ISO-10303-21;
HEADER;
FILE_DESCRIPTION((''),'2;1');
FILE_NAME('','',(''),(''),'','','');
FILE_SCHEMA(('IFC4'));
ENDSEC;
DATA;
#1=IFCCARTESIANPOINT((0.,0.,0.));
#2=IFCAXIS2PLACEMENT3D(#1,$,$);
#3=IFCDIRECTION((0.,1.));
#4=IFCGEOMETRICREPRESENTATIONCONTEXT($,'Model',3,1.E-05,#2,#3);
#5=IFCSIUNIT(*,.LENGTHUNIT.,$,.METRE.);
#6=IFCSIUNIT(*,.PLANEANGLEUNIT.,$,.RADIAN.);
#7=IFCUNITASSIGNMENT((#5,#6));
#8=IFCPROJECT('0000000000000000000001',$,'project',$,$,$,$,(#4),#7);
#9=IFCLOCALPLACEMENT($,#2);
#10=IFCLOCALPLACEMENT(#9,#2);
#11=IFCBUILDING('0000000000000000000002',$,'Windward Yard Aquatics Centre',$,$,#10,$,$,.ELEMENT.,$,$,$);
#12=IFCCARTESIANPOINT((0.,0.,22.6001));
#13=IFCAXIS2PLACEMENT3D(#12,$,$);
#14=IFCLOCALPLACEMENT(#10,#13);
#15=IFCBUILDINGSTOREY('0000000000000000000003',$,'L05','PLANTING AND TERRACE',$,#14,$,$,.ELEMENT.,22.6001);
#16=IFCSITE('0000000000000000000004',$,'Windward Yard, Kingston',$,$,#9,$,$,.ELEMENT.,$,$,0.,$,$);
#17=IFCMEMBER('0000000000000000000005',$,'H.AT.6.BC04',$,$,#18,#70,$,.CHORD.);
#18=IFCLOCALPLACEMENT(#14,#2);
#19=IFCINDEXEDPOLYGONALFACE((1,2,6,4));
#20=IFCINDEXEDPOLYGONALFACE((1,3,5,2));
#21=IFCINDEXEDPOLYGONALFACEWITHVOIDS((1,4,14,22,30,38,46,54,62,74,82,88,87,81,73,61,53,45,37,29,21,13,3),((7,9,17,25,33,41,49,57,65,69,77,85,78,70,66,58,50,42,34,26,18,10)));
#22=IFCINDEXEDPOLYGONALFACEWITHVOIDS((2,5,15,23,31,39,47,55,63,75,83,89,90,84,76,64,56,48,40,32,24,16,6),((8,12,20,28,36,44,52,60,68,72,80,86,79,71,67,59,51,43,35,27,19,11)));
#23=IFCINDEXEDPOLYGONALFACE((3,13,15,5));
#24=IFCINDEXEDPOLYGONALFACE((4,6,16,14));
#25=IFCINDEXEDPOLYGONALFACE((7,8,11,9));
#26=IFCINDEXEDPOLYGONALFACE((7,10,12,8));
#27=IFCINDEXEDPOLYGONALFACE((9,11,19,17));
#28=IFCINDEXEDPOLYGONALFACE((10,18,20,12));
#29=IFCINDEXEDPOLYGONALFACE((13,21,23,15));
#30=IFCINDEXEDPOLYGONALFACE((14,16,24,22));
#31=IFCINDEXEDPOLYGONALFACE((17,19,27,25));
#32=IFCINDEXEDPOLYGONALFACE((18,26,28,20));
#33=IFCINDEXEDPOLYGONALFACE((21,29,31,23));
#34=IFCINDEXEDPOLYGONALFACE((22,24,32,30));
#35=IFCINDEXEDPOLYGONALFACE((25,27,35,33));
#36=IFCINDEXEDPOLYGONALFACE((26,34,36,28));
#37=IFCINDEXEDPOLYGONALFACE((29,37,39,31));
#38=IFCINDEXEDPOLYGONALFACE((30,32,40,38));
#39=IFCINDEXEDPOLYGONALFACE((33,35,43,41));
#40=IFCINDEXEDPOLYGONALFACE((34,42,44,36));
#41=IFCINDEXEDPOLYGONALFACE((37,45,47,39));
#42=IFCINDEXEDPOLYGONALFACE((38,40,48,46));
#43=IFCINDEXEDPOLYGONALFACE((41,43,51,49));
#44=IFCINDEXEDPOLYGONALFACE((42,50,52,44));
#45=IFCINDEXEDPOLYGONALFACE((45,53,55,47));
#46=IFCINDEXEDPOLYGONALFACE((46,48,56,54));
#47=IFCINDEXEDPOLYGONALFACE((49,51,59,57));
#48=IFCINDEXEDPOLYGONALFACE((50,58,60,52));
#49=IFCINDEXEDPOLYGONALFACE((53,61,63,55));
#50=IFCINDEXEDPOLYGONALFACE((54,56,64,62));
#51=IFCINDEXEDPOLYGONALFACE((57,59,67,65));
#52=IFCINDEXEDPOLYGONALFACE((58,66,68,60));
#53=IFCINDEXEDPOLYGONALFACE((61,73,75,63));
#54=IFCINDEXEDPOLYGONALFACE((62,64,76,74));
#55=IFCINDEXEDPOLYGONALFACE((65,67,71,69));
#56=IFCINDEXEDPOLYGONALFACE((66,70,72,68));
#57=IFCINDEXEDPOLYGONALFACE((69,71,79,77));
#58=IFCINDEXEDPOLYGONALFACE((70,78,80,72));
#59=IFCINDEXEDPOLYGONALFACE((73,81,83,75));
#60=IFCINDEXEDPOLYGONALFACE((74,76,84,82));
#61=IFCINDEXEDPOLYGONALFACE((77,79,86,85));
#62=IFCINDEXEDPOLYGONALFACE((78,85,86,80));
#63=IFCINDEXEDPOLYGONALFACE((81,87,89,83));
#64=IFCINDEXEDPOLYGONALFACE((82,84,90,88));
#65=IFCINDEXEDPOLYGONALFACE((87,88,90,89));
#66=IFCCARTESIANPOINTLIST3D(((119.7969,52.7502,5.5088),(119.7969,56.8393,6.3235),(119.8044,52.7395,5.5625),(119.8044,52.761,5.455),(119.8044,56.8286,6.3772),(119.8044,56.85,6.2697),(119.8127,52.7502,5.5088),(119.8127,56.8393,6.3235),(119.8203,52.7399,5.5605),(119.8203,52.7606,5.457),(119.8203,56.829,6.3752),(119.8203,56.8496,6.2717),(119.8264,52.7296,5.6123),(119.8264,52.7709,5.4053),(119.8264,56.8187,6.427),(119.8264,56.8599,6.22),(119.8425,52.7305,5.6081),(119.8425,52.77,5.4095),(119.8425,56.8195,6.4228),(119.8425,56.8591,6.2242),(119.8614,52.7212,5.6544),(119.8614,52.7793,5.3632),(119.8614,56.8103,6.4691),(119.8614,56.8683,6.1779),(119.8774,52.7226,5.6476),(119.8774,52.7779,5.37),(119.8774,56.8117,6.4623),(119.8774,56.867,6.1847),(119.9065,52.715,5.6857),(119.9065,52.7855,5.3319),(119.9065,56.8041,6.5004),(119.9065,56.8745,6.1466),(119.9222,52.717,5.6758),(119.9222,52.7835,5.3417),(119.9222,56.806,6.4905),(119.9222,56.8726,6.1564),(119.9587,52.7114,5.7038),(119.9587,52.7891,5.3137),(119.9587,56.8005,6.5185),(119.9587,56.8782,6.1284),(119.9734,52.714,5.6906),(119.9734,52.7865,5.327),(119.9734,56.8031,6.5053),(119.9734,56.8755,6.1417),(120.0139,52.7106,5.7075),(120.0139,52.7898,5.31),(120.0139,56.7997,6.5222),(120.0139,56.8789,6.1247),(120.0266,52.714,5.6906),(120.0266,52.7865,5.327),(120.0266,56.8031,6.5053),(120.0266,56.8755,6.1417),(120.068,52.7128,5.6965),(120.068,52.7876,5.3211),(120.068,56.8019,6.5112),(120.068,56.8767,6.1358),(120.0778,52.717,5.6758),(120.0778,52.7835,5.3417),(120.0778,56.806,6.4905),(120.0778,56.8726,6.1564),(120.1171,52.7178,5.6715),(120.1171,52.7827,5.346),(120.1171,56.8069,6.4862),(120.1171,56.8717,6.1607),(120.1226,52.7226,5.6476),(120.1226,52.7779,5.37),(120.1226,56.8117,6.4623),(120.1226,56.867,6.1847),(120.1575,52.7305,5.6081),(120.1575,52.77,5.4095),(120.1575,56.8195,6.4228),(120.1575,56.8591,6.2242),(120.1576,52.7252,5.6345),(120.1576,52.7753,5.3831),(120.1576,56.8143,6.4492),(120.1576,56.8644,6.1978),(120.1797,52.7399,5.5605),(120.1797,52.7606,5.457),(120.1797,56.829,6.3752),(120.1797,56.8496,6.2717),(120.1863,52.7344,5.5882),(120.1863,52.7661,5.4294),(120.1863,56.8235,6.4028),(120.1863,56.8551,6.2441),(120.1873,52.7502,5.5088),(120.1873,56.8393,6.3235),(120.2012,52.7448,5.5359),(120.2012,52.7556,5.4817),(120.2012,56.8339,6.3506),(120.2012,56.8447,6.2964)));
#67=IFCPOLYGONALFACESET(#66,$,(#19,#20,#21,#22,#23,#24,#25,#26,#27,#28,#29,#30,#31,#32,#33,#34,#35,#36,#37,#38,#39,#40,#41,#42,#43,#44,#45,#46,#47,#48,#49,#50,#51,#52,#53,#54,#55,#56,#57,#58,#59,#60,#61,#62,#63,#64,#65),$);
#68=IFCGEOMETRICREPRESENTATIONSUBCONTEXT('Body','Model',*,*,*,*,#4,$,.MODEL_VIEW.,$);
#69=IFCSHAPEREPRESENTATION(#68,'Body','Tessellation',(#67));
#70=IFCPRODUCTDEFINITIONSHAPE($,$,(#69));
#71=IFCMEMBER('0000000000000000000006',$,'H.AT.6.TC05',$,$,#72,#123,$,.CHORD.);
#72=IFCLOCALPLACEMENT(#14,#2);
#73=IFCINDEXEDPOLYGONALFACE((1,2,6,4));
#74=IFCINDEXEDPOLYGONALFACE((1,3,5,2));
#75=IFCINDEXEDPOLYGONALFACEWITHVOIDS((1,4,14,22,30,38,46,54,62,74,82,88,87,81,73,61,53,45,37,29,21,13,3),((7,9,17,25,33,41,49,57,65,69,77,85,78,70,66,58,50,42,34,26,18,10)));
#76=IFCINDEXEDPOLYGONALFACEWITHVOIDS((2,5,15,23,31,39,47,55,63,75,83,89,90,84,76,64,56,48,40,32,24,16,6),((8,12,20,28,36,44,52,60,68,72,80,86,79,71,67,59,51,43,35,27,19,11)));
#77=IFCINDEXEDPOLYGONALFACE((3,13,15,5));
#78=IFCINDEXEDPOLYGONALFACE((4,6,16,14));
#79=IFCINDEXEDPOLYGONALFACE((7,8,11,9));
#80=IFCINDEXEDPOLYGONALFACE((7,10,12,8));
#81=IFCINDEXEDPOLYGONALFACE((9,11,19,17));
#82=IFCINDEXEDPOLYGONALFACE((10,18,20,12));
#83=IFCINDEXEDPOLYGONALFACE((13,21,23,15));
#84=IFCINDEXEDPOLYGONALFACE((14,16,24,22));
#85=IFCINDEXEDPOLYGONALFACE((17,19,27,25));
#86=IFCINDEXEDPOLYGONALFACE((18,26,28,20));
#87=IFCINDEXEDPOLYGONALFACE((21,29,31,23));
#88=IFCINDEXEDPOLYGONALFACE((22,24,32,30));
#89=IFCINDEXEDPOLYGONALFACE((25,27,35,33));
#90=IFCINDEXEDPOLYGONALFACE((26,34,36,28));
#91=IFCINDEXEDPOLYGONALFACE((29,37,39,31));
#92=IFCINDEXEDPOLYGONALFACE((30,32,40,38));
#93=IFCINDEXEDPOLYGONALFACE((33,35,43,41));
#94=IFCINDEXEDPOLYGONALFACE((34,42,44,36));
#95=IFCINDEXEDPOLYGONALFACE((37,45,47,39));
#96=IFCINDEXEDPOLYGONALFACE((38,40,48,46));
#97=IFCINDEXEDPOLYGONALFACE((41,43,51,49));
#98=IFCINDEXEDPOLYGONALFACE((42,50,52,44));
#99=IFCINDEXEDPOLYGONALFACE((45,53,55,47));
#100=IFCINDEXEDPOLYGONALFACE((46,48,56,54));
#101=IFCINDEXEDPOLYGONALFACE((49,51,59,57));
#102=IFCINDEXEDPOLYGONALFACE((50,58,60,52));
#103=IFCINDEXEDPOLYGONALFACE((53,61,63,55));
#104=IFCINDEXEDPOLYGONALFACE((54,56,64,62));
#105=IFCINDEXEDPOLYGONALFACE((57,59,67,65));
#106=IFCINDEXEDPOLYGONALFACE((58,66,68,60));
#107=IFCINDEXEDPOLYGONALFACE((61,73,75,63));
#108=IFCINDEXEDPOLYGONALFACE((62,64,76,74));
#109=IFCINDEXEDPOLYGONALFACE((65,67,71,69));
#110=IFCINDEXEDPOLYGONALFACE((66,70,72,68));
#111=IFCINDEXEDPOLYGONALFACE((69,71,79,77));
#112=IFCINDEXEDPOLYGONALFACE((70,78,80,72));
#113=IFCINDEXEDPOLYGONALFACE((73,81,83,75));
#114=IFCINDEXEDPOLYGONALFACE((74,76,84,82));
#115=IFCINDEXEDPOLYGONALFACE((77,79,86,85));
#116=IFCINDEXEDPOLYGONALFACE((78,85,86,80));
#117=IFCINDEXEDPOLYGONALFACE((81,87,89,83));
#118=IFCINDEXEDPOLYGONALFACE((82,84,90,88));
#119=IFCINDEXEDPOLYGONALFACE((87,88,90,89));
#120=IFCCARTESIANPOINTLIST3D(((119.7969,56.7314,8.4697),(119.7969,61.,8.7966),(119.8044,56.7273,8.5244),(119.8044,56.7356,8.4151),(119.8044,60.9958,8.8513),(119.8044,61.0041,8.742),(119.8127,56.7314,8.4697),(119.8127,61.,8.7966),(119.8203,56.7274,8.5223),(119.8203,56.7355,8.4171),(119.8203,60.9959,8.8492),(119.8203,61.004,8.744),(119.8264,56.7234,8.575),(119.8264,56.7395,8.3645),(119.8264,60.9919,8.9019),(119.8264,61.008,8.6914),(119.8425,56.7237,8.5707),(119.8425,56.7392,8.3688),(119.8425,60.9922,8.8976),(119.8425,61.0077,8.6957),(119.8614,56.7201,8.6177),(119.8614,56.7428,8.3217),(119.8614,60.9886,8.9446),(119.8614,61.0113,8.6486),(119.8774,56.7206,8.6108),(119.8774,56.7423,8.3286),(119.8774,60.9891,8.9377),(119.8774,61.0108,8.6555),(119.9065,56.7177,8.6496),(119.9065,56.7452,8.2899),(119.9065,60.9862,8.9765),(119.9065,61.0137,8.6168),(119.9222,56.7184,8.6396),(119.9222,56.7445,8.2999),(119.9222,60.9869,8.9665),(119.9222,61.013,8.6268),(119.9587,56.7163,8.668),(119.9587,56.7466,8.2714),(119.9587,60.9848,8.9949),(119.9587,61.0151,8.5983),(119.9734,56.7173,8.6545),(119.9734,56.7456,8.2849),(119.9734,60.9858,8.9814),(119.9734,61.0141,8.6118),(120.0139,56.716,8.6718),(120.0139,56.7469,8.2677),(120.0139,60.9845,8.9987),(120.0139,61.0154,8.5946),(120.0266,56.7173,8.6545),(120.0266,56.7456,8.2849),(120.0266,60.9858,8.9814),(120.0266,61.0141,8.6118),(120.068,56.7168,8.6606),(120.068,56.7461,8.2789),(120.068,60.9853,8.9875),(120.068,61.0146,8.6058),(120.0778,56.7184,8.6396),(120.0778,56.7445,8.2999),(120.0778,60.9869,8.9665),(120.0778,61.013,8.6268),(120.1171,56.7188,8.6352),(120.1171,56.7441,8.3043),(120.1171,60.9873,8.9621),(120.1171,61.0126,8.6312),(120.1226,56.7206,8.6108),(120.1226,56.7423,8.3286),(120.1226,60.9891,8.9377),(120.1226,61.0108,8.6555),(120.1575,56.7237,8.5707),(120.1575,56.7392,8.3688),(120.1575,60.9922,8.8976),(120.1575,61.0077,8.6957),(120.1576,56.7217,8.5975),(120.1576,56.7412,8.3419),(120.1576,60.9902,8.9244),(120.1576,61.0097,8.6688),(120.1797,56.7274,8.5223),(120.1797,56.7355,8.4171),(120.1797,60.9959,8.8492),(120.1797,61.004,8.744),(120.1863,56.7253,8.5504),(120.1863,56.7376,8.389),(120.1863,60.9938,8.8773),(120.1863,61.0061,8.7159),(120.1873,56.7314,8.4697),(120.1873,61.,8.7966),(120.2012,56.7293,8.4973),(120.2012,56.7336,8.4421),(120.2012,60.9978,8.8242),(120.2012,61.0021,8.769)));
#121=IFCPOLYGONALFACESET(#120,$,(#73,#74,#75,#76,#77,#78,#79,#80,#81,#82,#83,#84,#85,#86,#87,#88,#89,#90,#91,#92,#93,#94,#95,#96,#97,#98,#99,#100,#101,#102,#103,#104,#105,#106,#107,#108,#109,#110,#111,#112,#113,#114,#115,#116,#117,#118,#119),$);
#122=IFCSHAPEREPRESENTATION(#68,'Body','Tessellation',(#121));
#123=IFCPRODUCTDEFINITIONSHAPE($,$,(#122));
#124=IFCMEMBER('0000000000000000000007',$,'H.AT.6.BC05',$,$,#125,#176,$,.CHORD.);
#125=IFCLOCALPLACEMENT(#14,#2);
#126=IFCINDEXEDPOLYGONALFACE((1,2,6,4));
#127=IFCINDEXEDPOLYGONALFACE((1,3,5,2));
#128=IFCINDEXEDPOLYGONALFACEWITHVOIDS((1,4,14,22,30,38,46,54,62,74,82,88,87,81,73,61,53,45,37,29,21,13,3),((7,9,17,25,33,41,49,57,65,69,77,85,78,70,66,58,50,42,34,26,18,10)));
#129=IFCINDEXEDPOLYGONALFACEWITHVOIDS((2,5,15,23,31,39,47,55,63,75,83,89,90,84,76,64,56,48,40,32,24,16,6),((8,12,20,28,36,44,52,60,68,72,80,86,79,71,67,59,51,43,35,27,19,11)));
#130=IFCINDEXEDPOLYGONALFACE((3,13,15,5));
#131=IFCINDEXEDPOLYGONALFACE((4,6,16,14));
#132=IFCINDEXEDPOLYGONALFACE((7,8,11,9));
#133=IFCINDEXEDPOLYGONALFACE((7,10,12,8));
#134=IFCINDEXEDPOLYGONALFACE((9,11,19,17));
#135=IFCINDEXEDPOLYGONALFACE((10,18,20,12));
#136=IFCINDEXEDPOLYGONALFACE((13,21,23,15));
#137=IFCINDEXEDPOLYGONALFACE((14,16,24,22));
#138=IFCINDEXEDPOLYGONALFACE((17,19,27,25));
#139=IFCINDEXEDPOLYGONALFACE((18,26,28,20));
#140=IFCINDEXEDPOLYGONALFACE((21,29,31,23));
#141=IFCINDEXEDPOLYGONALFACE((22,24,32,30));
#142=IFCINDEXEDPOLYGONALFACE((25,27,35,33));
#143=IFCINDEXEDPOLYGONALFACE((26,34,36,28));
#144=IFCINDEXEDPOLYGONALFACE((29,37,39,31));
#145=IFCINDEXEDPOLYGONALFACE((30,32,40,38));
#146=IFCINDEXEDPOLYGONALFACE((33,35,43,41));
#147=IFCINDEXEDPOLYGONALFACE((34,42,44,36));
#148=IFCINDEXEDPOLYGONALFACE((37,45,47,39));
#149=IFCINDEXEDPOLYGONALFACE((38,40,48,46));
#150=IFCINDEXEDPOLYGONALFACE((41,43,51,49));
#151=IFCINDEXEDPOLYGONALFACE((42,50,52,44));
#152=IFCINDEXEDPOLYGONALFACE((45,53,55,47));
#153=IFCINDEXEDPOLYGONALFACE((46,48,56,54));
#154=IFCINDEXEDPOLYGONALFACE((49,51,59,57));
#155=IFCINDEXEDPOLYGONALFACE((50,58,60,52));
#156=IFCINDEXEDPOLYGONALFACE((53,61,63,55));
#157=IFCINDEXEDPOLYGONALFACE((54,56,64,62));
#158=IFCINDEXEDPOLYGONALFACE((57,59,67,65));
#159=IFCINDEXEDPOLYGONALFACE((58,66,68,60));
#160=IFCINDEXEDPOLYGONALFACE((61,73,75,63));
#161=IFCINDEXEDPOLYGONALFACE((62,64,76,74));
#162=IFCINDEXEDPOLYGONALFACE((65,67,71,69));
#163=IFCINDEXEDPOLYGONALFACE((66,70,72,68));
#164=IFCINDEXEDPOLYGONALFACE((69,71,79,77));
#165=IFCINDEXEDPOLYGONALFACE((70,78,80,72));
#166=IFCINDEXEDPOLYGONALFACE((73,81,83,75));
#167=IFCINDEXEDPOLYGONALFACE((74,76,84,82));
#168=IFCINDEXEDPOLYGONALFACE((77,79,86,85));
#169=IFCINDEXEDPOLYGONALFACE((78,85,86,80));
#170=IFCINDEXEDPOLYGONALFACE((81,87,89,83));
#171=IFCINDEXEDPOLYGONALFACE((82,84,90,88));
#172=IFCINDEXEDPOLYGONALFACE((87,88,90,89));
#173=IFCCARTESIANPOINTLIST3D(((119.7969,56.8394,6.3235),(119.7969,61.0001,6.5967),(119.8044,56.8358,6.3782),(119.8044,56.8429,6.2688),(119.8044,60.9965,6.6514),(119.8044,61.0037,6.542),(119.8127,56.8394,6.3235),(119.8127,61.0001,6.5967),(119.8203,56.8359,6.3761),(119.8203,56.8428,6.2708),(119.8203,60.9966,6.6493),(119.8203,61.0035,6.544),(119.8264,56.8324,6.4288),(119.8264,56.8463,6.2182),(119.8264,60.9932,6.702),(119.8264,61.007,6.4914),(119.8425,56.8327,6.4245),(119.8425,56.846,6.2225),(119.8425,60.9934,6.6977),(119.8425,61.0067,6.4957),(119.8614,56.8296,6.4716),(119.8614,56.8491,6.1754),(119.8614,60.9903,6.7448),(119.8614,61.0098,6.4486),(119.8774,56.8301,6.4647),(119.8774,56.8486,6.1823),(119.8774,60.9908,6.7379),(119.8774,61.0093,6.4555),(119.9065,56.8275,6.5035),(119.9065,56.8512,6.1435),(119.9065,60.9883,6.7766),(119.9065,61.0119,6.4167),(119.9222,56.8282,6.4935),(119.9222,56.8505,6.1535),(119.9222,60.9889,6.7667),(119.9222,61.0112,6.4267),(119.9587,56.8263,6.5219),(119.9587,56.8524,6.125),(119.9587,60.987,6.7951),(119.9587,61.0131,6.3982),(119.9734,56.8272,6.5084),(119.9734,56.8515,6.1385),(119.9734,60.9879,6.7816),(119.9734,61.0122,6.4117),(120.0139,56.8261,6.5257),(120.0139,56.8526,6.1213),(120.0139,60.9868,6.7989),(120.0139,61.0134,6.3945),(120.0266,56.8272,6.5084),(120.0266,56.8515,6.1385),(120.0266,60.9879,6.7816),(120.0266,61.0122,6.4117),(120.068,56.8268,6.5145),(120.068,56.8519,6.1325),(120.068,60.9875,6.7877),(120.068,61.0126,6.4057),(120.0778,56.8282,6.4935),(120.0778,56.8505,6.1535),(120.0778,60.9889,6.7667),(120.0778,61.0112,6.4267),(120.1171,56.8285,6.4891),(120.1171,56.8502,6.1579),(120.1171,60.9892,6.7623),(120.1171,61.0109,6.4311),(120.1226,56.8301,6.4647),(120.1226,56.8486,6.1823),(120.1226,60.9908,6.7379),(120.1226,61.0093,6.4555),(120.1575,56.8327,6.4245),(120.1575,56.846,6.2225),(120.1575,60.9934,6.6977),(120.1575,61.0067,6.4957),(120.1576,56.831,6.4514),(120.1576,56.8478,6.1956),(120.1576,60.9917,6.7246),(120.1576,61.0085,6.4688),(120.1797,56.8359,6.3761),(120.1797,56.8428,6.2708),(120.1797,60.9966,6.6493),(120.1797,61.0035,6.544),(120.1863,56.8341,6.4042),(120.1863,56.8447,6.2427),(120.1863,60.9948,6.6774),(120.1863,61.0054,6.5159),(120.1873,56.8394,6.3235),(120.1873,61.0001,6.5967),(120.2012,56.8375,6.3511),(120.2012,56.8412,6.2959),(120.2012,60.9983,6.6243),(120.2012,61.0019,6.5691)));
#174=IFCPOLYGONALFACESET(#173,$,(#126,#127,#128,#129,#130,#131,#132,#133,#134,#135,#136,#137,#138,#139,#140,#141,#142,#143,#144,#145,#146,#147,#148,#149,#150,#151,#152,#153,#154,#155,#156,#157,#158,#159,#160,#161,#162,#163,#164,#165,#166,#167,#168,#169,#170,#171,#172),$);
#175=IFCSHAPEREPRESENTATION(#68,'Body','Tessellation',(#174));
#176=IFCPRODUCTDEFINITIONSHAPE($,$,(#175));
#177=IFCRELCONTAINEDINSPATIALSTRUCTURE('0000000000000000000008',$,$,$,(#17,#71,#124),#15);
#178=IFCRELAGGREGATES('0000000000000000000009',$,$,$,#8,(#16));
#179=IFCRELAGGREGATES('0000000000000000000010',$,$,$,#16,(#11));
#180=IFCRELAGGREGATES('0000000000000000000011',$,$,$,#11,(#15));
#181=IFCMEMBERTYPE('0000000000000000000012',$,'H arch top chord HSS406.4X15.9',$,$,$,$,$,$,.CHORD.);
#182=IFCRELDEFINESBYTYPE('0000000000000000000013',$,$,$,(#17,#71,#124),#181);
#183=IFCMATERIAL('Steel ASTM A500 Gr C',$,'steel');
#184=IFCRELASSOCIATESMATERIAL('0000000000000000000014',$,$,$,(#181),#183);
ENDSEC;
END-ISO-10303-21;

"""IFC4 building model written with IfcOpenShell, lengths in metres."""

from ifc_helpers import new_model, si_unit, direction, frame, origin, origin_2d, place, context, subcontext, project, spatial, hollow_circle, extrude, material, material_profile, profile_set, type_object, element, save


model = new_model("IFC4")

# Units and contexts
model_context = context("Model", 3, precision=1e-05, world=origin(), true_north=direction((0.0, 1.0)))
body_context = subcontext(model_context, "Body", "Model", "MODEL_VIEW")
ifc_project = project(units=[si_unit("LENGTHUNIT", "METRE"), si_unit("PLANEANGLEUNIT", "RADIAN")], contexts=[model_context])

# Site, building, storey
site_placement = place(None, origin())
site = spatial("IfcSite", under=ifc_project, at=site_placement, Name="Windward Yard, Kingston", CompositionType="ELEMENT", RefElevation=0.0)
building_placement = place(site_placement, origin())
building = spatial("IfcBuilding", under=site, at=building_placement, Name="Windward Yard Aquatics Centre", CompositionType="ELEMENT")
storey_placement = place(building_placement, frame((0.0, 0.0, 22.6001)))
storey = spatial("IfcBuildingStorey", under=building, at=storey_placement, Name="L05", Description="PLANTING AND TERRACE", CompositionType="ELEMENT", Elevation=22.6001)

# Members
ifc_material_1 = material(Name="Steel ASTM A500 Gr C", Category="steel")
ifc_material_profile_1 = material_profile(ifc_material_1, hollow_circle(Radius=0.2031, WallThickness=0.0159, at=origin_2d()), Name="HSS406.4X15.9")
ifc_profile_set_1 = profile_set([ifc_material_profile_1], Name="Steel ASTM A500 Gr C")
member_type_1 = type_object("IfcMemberType", Name="H arch top chord HSS406.4X15.9", PredefinedType="CHORD", material=ifc_profile_set_1)
member_1_placement = place(storey_placement, frame((120.0, 52.7502, 5.5088), z_axis=(0.0, 0.980725, 0.195395), x_axis=(-1.0, 0.0, 0.0)))
element("IfcMember", 1, at=member_1_placement, inside=storey, type_object=member_type_1, Name="H.AT.6.BC04", PredefinedType="CHORD", context=body_context, shape_type="SweptSolid", body=[
    extrude(hollow_circle(Radius=0.2031, WallThickness=0.0159, at=origin_2d()), origin(), (0.0, 0.0, 1.0), 4.1694),
])
member_2_placement = place(storey_placement, frame((120.0, 56.7314, 8.4697), z_axis=(0.0, 0.99708, 0.076361), x_axis=(-1.0, 0.0, 0.0)))
element("IfcMember", 2, at=member_2_placement, inside=storey, type_object=member_type_1, Name="H.AT.6.TC05", PredefinedType="CHORD", context=body_context, shape_type="SweptSolid", body=[
    extrude(hollow_circle(Radius=0.2031, WallThickness=0.0159, at=origin_2d()), origin(), (0.0, 0.0, 1.0), 4.281),
])
member_3_placement = place(storey_placement, frame((120.0, 56.8394, 6.3235), z_axis=(0.0, 0.997851, 0.06552), x_axis=(-1.0, 0.0, 0.0)))
element("IfcMember", 3, at=member_3_placement, inside=storey, type_object=member_type_1, Name="H.AT.6.BC05", PredefinedType="CHORD", context=body_context, shape_type="SweptSolid", body=[
    extrude(hollow_circle(Radius=0.2031, WallThickness=0.0159, at=origin_2d()), origin(), (0.0, 0.0, 1.0), 4.1697),
])

save(model, "model.ifc")
